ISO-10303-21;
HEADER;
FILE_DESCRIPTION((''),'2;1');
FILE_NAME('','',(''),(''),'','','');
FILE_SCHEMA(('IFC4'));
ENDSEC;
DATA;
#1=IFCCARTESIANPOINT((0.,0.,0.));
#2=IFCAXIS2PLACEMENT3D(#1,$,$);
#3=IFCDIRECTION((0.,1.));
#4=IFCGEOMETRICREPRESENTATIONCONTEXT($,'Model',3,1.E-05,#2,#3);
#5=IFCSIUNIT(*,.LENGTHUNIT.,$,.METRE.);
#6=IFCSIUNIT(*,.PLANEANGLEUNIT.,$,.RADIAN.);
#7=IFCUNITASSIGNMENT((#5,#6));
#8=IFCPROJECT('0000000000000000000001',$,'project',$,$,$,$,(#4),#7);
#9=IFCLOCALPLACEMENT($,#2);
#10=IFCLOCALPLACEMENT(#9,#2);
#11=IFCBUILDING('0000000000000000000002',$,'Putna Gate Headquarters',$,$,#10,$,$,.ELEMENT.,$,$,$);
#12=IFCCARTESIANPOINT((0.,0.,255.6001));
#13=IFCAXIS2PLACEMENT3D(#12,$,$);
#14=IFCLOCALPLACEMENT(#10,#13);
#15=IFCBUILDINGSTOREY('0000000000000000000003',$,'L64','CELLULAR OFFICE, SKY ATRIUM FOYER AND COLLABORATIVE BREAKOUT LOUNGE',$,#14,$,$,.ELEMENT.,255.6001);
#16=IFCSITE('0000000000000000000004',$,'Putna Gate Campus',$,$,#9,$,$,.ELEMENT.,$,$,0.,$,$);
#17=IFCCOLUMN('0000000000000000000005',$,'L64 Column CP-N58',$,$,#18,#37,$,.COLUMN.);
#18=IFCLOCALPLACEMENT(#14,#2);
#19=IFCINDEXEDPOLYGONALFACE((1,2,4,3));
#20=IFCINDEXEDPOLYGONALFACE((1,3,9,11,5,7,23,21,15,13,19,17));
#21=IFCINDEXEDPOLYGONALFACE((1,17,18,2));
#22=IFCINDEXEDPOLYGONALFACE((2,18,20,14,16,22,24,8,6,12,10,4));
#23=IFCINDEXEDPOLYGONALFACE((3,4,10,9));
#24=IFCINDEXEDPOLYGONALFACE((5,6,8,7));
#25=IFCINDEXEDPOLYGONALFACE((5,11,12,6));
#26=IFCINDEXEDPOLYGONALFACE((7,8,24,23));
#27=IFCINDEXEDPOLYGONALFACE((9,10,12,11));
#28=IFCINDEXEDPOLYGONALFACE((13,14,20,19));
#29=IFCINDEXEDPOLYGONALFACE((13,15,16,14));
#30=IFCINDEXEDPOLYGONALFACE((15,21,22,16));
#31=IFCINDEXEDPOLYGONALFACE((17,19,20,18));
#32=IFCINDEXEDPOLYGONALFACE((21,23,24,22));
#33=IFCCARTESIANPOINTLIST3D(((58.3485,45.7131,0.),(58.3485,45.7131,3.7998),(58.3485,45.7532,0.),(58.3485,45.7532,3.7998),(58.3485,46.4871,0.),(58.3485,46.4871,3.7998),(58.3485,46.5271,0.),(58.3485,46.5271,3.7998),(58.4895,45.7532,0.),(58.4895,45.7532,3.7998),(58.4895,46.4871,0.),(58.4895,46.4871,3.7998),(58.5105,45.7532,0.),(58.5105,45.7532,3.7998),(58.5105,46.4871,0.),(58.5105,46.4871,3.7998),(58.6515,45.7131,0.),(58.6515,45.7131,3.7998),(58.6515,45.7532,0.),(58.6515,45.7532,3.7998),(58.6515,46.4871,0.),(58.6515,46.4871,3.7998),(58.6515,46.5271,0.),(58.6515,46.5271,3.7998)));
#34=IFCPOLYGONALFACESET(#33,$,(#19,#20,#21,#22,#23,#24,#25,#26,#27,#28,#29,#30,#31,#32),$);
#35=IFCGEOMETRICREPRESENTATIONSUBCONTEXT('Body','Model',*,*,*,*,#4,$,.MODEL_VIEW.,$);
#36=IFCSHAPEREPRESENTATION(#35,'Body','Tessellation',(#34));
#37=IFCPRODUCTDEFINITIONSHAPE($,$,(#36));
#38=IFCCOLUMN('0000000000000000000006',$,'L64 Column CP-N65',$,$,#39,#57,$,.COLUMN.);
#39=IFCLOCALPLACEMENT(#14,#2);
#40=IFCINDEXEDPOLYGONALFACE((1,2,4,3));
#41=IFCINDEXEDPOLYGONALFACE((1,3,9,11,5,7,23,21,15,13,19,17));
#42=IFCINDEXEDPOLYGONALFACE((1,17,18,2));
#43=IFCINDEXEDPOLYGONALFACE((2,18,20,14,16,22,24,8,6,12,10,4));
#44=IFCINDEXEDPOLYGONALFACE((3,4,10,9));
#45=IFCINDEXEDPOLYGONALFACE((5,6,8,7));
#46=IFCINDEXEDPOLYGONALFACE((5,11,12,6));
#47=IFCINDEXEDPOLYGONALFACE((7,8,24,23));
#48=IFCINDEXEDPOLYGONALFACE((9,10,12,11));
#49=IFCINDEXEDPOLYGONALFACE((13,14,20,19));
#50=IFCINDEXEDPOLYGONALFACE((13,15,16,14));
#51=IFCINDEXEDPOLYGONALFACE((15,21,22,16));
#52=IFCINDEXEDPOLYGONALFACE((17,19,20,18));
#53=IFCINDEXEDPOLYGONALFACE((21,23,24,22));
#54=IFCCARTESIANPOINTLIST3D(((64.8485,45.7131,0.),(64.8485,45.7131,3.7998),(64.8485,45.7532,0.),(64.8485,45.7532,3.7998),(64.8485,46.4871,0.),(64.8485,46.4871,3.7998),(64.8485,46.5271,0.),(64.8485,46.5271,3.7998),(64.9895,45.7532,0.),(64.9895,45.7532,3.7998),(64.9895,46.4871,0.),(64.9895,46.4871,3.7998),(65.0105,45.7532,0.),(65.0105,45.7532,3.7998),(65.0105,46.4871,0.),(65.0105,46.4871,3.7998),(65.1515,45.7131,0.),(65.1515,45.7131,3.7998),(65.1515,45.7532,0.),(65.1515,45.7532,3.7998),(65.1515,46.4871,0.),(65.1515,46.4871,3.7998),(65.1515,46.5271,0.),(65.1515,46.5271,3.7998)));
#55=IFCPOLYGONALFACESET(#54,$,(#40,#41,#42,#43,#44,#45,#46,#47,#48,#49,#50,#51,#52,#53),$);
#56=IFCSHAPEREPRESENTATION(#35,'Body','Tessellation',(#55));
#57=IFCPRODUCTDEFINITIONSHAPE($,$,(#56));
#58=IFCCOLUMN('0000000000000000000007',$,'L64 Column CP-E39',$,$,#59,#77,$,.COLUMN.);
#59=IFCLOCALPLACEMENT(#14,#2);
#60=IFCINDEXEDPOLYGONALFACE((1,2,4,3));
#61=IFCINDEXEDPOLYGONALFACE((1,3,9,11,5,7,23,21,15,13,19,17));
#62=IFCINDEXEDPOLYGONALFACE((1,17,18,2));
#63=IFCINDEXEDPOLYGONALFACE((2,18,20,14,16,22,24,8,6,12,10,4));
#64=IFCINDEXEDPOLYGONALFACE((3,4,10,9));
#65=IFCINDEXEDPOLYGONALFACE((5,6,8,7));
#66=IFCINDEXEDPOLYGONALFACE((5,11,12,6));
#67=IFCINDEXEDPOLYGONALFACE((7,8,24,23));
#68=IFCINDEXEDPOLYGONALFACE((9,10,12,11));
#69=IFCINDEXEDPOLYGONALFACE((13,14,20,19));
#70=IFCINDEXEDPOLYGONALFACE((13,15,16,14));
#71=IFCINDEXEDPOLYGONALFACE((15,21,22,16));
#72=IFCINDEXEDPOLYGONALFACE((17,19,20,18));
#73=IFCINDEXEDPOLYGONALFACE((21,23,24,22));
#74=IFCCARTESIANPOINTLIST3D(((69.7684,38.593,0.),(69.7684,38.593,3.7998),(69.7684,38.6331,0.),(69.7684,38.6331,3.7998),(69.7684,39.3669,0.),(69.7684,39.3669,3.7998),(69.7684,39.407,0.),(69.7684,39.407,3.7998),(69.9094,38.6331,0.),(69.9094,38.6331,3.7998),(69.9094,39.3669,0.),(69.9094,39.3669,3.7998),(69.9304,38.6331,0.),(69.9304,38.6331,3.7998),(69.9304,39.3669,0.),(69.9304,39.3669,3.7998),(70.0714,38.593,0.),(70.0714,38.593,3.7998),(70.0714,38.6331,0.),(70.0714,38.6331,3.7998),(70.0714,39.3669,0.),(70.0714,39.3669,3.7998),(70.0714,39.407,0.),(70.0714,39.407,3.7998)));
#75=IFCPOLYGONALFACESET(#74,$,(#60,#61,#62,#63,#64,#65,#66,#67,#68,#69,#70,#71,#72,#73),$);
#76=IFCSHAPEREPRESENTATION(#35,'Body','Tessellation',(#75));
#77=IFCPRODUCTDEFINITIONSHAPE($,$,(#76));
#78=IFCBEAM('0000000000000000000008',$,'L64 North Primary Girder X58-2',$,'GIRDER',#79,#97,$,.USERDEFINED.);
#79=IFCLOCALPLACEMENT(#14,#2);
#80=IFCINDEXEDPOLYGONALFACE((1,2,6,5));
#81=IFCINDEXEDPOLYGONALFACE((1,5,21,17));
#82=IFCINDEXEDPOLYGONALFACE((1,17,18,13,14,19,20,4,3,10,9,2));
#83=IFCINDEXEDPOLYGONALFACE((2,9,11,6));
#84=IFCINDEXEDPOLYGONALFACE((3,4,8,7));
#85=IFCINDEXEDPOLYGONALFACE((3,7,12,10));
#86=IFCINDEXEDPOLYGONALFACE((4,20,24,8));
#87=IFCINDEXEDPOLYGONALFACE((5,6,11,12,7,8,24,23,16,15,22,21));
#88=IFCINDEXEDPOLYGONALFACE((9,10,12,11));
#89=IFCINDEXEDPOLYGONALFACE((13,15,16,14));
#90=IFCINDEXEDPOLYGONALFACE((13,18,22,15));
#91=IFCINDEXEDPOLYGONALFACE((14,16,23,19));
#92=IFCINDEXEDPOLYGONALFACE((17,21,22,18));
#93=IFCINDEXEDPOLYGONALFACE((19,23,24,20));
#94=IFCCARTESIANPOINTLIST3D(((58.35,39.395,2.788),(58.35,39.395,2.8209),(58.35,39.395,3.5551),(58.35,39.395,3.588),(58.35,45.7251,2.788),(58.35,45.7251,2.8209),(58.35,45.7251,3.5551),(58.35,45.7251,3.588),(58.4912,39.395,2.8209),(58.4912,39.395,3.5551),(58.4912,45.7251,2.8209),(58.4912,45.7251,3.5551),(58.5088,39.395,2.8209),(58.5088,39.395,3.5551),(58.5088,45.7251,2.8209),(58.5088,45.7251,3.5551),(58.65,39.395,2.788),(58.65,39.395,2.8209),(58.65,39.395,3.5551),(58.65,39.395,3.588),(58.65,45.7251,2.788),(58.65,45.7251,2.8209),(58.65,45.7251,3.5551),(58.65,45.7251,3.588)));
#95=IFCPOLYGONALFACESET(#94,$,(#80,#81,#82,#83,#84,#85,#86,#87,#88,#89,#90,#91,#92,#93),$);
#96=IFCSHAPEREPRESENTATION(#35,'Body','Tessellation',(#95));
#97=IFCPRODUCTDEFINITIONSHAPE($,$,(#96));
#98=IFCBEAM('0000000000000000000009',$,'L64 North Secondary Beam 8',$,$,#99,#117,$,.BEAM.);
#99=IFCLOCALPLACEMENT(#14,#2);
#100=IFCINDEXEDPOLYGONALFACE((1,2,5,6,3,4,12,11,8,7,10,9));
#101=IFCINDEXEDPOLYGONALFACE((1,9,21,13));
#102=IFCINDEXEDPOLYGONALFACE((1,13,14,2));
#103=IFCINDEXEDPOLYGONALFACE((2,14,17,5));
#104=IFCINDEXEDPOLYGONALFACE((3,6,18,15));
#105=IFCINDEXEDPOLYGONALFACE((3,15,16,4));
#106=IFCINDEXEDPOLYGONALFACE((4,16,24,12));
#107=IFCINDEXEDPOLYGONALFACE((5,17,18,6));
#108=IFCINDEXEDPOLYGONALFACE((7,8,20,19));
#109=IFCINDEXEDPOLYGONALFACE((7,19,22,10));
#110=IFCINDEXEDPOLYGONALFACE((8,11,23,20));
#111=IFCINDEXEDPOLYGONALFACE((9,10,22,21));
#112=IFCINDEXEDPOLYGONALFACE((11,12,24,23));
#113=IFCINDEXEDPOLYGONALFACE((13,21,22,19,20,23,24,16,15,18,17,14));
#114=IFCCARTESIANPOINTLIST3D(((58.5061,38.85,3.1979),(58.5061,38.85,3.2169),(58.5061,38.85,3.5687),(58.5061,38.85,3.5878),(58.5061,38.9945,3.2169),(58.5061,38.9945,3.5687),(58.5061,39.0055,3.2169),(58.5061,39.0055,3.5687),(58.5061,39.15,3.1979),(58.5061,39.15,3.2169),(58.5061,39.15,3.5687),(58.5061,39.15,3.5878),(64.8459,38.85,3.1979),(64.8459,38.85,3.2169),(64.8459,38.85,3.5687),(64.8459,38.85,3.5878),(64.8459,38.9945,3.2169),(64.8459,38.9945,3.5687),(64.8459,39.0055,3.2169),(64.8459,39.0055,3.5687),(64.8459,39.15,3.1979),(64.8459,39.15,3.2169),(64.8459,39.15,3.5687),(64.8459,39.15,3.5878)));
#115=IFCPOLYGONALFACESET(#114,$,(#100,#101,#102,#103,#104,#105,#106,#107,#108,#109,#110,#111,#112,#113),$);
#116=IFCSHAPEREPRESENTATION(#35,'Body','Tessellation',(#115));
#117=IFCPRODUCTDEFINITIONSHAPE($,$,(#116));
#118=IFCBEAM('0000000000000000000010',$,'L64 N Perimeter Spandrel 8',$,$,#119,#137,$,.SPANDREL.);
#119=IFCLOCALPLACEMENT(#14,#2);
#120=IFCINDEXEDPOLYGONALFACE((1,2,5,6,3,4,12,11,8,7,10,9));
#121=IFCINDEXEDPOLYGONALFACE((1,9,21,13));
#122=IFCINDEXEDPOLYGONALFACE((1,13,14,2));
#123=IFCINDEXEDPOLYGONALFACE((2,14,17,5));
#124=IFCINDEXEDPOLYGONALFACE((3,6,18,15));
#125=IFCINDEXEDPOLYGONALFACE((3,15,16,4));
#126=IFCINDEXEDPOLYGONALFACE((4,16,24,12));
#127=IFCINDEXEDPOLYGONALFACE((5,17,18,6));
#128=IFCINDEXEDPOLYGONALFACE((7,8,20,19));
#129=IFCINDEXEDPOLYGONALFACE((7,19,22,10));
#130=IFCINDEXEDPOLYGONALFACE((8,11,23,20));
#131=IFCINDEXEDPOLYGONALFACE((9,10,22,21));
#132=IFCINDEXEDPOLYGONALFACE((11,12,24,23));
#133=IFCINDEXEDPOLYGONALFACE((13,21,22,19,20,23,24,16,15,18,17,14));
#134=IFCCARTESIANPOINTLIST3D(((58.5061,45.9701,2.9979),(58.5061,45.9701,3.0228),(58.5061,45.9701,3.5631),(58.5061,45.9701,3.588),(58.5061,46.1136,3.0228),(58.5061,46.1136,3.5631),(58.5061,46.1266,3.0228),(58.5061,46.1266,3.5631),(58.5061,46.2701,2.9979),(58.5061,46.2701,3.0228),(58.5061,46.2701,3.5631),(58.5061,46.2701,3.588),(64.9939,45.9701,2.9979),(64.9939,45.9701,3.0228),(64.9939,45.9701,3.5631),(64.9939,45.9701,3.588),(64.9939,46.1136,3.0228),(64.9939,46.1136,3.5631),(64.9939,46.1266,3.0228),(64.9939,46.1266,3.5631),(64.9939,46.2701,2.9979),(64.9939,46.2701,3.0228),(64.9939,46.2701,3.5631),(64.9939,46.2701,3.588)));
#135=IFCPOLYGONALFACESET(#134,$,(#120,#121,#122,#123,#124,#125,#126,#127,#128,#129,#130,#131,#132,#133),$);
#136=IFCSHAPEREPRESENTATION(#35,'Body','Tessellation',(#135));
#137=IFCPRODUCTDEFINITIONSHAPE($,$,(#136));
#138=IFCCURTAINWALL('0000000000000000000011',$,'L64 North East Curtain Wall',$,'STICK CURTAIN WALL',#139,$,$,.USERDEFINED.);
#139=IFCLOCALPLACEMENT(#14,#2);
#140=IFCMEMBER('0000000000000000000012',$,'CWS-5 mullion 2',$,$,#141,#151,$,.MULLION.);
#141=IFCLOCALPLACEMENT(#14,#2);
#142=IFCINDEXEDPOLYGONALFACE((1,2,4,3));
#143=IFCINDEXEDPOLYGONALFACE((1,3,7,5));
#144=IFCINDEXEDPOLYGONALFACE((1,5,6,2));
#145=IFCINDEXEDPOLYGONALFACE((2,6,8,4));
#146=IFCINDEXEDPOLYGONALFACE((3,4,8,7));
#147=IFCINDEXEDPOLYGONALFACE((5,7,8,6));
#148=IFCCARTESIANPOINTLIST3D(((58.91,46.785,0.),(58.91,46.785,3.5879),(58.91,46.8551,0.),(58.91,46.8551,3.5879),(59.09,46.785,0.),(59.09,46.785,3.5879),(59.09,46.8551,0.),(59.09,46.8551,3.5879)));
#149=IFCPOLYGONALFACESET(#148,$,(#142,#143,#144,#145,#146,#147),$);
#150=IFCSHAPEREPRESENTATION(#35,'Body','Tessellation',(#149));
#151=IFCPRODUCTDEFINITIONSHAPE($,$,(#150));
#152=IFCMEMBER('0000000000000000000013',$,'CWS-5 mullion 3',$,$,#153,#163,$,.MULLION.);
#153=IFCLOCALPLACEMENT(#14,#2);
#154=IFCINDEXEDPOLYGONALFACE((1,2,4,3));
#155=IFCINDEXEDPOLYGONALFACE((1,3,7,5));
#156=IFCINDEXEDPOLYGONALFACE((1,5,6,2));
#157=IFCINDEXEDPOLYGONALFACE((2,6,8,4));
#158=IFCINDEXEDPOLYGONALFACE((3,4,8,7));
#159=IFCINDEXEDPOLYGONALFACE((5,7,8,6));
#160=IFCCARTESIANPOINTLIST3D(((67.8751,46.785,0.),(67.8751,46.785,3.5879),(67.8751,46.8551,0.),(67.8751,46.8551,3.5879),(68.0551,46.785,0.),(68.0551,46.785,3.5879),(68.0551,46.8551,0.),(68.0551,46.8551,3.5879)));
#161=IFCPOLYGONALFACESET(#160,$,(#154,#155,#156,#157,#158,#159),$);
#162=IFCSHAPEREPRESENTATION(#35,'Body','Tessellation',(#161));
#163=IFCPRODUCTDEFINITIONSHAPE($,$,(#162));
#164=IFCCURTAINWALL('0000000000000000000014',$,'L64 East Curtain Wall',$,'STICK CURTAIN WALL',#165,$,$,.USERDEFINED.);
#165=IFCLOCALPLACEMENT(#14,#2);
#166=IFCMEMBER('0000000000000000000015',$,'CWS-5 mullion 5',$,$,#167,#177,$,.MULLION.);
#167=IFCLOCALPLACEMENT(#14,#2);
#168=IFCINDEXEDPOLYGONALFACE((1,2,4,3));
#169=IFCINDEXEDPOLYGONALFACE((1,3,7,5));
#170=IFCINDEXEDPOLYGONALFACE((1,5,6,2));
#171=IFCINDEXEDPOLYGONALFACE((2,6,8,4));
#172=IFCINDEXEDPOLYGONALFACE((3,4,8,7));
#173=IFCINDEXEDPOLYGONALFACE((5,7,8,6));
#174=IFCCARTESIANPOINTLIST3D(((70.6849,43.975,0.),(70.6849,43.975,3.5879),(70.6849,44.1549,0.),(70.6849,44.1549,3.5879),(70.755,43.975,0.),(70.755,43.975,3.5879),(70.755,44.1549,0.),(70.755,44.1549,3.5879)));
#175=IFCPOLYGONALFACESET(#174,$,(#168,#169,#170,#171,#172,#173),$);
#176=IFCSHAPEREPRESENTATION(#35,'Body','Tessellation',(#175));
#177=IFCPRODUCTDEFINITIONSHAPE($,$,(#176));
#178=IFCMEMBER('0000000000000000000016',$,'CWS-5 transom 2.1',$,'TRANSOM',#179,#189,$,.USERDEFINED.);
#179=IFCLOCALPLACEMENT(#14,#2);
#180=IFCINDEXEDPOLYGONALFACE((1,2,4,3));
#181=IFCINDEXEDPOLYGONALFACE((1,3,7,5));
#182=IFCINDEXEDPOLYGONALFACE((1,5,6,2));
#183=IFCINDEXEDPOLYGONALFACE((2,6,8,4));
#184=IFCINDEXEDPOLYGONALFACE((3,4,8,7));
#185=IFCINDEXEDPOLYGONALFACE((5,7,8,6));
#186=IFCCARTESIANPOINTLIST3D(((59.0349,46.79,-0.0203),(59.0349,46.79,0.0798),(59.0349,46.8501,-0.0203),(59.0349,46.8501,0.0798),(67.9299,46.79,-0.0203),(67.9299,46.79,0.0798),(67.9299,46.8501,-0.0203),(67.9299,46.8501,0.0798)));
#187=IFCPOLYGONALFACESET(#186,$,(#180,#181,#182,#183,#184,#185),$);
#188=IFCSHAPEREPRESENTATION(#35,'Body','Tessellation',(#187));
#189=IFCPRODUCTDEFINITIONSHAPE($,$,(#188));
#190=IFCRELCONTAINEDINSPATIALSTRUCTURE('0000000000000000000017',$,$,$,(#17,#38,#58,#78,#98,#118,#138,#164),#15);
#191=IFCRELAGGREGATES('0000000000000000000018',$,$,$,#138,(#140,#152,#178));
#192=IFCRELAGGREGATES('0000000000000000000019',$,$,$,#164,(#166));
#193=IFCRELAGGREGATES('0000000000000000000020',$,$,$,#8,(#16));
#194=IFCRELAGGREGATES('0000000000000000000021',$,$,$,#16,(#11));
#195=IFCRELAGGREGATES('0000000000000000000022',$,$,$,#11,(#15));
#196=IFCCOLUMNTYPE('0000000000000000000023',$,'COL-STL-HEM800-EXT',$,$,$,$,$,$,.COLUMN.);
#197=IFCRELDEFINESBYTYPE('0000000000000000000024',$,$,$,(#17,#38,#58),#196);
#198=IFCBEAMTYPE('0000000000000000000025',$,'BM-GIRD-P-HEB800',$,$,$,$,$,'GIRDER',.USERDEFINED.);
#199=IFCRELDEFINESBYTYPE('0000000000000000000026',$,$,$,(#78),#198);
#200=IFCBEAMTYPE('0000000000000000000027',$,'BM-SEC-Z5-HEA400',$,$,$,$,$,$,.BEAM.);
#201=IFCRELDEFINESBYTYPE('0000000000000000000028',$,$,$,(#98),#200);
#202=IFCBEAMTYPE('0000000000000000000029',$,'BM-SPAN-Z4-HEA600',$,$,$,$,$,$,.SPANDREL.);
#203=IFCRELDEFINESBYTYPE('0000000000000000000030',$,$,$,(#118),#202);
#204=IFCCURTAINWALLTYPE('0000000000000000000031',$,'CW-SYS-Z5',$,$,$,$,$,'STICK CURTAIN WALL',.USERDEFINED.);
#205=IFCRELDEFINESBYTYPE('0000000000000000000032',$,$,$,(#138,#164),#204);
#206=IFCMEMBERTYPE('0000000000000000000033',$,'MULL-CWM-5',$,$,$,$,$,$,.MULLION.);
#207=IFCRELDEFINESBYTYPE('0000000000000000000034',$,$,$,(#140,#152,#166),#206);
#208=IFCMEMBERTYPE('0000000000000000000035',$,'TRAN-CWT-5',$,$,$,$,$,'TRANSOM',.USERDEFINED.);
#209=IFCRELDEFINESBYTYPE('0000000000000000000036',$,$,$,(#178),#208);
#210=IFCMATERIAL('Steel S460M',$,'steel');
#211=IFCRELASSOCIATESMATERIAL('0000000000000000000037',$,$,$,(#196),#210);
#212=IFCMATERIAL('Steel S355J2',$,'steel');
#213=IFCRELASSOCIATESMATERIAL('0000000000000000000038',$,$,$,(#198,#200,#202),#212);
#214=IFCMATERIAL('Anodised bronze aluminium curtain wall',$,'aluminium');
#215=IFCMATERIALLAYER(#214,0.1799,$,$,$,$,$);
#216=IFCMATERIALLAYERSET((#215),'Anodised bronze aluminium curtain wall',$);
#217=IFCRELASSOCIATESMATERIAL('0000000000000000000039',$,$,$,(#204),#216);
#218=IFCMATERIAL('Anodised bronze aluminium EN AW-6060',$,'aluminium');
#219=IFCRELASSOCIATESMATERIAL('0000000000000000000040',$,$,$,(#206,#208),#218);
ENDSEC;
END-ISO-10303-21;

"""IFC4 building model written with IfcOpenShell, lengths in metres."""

from ifc_helpers import new_model, si_unit, direction, frame, origin, origin_2d, place, context, subcontext, project, spatial, rectangle, i_section, extrude, material, layer, layer_set, material_profile, profile_set, type_object, element, aggregate, save


model = new_model("IFC4")

# Units and contexts
model_context = context("Model", 3, precision=1e-05, world=origin(), true_north=direction((0.0, 1.0)))
body_context = subcontext(model_context, "Body", "Model", "MODEL_VIEW")
ifc_project = project(units=[si_unit("LENGTHUNIT", "METRE"), si_unit("PLANEANGLEUNIT", "RADIAN")], contexts=[model_context])

# Site, building, storey
site_placement = place(None, origin())
site = spatial("IfcSite", under=ifc_project, at=site_placement, Name="Putna Gate Campus", CompositionType="ELEMENT", RefElevation=0.0)
building_placement = place(site_placement, origin())
building = spatial("IfcBuilding", under=site, at=building_placement, Name="Putna Gate Headquarters", CompositionType="ELEMENT")
storey_placement = place(building_placement, frame((0.0, 0.0, 255.6001)))
storey = spatial("IfcBuildingStorey", under=building, at=storey_placement, Name="L64", Description="CELLULAR OFFICE, SKY ATRIUM FOYER AND COLLABORATIVE BREAKOUT LOUNGE", CompositionType="ELEMENT", Elevation=255.6001)

# Columns
ifc_material_1 = material(Name="Steel S460M", Category="steel")
ifc_material_profile_1 = material_profile(ifc_material_1, i_section(OverallWidth=0.303, OverallDepth=0.814, WebThickness=0.021, FlangeThickness=0.04, at=origin_2d()), Name="Steel S460M")
ifc_profile_set_1 = profile_set([ifc_material_profile_1], Name="Steel S460M")
column_type = type_object("IfcColumnType", Name="COL-STL-HEM800-EXT", PredefinedType="COLUMN", material=ifc_profile_set_1)
for number, where, z_axis, x_axis, name in (
    (1, (58.5, 46.1201, 0.0), (0.0, 0.0, 1.0), (1.0, 0.0, 0.0), "L64 Column CP-N58"),
    (2, (65.0, 46.1201, 0.0), (0.0, 0.0, 1.0), (1.0, 0.0, 0.0), "L64 Column CP-N65"),
    (3, (69.9199, 39.0, 0.0), (0.0, 0.0, 1.0), (1.0, 0.0, 0.0), "L64 Column CP-E39"),
):
    element("IfcColumn", number, at=place(storey_placement, frame(where, z_axis=z_axis, x_axis=x_axis)), inside=storey, type_object=column_type, Name=name, PredefinedType="COLUMN", context=body_context, shape_type="SweptSolid", body=[
        extrude(i_section(OverallWidth=0.303, OverallDepth=0.814, WebThickness=0.021, FlangeThickness=0.04, at=origin_2d()), origin(), (0.0, 0.0, 1.0), 3.7998),
    ])

# Beams
ifc_material_2 = material(Name="Steel S355J2", Category="steel")
ifc_material_profile_2 = material_profile(ifc_material_2, i_section(OverallWidth=0.3, OverallDepth=0.8, WebThickness=0.0176, FlangeThickness=0.033, at=origin_2d()), Name="Steel S355J2")
ifc_profile_set_2 = profile_set([ifc_material_profile_2], Name="Steel S355J2")
beam_type_1 = type_object("IfcBeamType", Name="BM-GIRD-P-HEB800", ElementType="GIRDER", PredefinedType="USERDEFINED", material=ifc_profile_set_2)
beam_1_placement = place(storey_placement, frame((58.5, 39.395, 3.188), z_axis=(0.0, 1.0, 0.0), x_axis=(-1.0, 0.0, 0.0)))
element("IfcBeam", 4, at=beam_1_placement, inside=storey, type_object=beam_type_1, Name="L64 North Primary Girder X58-2", ObjectType="GIRDER", PredefinedType="USERDEFINED", context=body_context, shape_type="SweptSolid", body=[
    extrude(i_section(OverallWidth=0.3, OverallDepth=0.8, WebThickness=0.0176, FlangeThickness=0.033, at=origin_2d()), origin(), (0.0, 0.0, 1.0), 6.3301),
])
ifc_material_profile_3 = material_profile(ifc_material_2, i_section(OverallWidth=0.3, OverallDepth=0.3899, WebThickness=0.011, FlangeThickness=0.019, at=origin_2d()), Name="Steel S355J2")
ifc_profile_set_3 = profile_set([ifc_material_profile_3], Name="Steel S355J2")
beam_type_2 = type_object("IfcBeamType", Name="BM-SEC-Z5-HEA400", PredefinedType="BEAM", material=ifc_profile_set_3)
beam_2_placement = place(storey_placement, frame((58.5061, 39.0, 3.3928), z_axis=(1.0, 0.0, 0.0), x_axis=(0.0, 1.0, 0.0)))
element("IfcBeam", 5, at=beam_2_placement, inside=storey, type_object=beam_type_2, Name="L64 North Secondary Beam 8", PredefinedType="BEAM", context=body_context, shape_type="SweptSolid", body=[
    extrude(i_section(OverallWidth=0.3, OverallDepth=0.3899, WebThickness=0.011, FlangeThickness=0.019, at=origin_2d()), origin(), (0.0, 0.0, 1.0), 6.3398),
])
ifc_material_profile_4 = material_profile(ifc_material_2, i_section(OverallWidth=0.3, OverallDepth=0.5901, WebThickness=0.0129, FlangeThickness=0.0249, at=origin_2d()), Name="Steel S355J2")
ifc_profile_set_4 = profile_set([ifc_material_profile_4], Name="Steel S355J2")
beam_type_3 = type_object("IfcBeamType", Name="BM-SPAN-Z4-HEA600", PredefinedType="SPANDREL", material=ifc_profile_set_4)
beam_3_placement = place(storey_placement, frame((58.5061, 46.1201, 3.293), z_axis=(1.0, 0.0, 0.0), x_axis=(0.0, 1.0, 0.0)))
element("IfcBeam", 6, at=beam_3_placement, inside=storey, type_object=beam_type_3, Name="L64 N Perimeter Spandrel 8", PredefinedType="SPANDREL", context=body_context, shape_type="SweptSolid", body=[
    extrude(i_section(OverallWidth=0.3, OverallDepth=0.5901, WebThickness=0.0129, FlangeThickness=0.0249, at=origin_2d()), origin(), (0.0, 0.0, 1.0), 6.4878),
])

# Curtain wall, members
ifc_material_3 = material(Name="Anodised bronze aluminium curtain wall", Category="aluminium")
ifc_layer_1 = layer(ifc_material_3, 0.1799)
ifc_layer_set_1 = layer_set([ifc_layer_1], Name="Anodised bronze aluminium curtain wall")
curtain_wall_type = type_object("IfcCurtainWallType", Name="CW-SYS-Z5", ElementType="STICK CURTAIN WALL", PredefinedType="USERDEFINED", material=ifc_layer_set_1)
curtain_wall_1_placement = place(storey_placement, origin())
curtain_wall_1 = element("IfcCurtainWall", 7, at=curtain_wall_1_placement, inside=storey, type_object=curtain_wall_type, Name="L64 North East Curtain Wall", ObjectType="STICK CURTAIN WALL", PredefinedType="USERDEFINED")
ifc_material_4 = material(Name="Anodised bronze aluminium EN AW-6060", Category="aluminium")
ifc_material_profile_5 = material_profile(ifc_material_4, rectangle(XDim=0.0701, YDim=0.1799, at=origin_2d()), Name="Anodised bronze aluminium EN AW-6060")
ifc_profile_set_5 = profile_set([ifc_material_profile_5], Name="Anodised bronze aluminium EN AW-6060")
member_type_1 = type_object("IfcMemberType", Name="MULL-CWM-5", PredefinedType="MULLION", material=ifc_profile_set_5)
member_1_placement = place(storey_placement, frame((59.0, 46.8201, 0.0), z_axis=(0.0, 0.0, 1.0), x_axis=(0.0, 1.0, 0.0)))
member_1 = element("IfcMember", 8, at=member_1_placement, type_object=member_type_1, Name="CWS-5 mullion 2", PredefinedType="MULLION", context=body_context, shape_type="SweptSolid", body=[
    extrude(rectangle(XDim=0.0701, YDim=0.1799, at=origin_2d()), origin(), (0.0, 0.0, 1.0), 3.5879),
])
member_2_placement = place(storey_placement, frame((67.9651, 46.8201, 0.0), z_axis=(0.0, 0.0, 1.0), x_axis=(0.0, 1.0, 0.0)))
member_2 = element("IfcMember", 9, at=member_2_placement, type_object=member_type_1, Name="CWS-5 mullion 3", PredefinedType="MULLION", context=body_context, shape_type="SweptSolid", body=[
    extrude(rectangle(XDim=0.0701, YDim=0.1799, at=origin_2d()), origin(), (0.0, 0.0, 1.0), 3.5879),
])

# Curtain wall, member
curtain_wall_2_placement = place(storey_placement, origin())
curtain_wall_2 = element("IfcCurtainWall", 10, at=curtain_wall_2_placement, inside=storey, type_object=curtain_wall_type, Name="L64 East Curtain Wall", ObjectType="STICK CURTAIN WALL", PredefinedType="USERDEFINED")
member_3_placement = place(storey_placement, frame((70.72, 44.0649, 0.0), z_axis=(0.0, 0.0, 1.0), x_axis=(-1.0, 0.0, 0.0)))
member_3 = element("IfcMember", 11, at=member_3_placement, type_object=member_type_1, Name="CWS-5 mullion 5", PredefinedType="MULLION", context=body_context, shape_type="SweptSolid", body=[
    extrude(rectangle(XDim=0.0701, YDim=0.1799, at=origin_2d()), origin(), (0.0, 0.0, 1.0), 3.5879),
])

# Member
ifc_material_profile_6 = material_profile(ifc_material_4, rectangle(XDim=0.0601, YDim=0.1001, at=origin_2d()), Name="Anodised bronze aluminium EN AW-6060")
ifc_profile_set_6 = profile_set([ifc_material_profile_6], Name="Anodised bronze aluminium EN AW-6060")
member_type_2 = type_object("IfcMemberType", Name="TRAN-CWT-5", ElementType="TRANSOM", PredefinedType="USERDEFINED", material=ifc_profile_set_6)
member_4_placement = place(storey_placement, frame((59.0349, 46.8201, 0.0298), z_axis=(1.0, 0.0, 0.0), x_axis=(0.0, 1.0, 0.0)))
member_4 = element("IfcMember", 12, at=member_4_placement, type_object=member_type_2, Name="CWS-5 transom 2.1", ObjectType="TRANSOM", PredefinedType="USERDEFINED", context=body_context, shape_type="SweptSolid", body=[
    extrude(rectangle(XDim=0.0601, YDim=0.1001, at=origin_2d()), origin(), (0.0, 0.0, 1.0), 8.895),
])

aggregate(curtain_wall_1, [member_1, member_2, member_4])
aggregate(curtain_wall_2, [member_3])

save(model, "model.ifc")
